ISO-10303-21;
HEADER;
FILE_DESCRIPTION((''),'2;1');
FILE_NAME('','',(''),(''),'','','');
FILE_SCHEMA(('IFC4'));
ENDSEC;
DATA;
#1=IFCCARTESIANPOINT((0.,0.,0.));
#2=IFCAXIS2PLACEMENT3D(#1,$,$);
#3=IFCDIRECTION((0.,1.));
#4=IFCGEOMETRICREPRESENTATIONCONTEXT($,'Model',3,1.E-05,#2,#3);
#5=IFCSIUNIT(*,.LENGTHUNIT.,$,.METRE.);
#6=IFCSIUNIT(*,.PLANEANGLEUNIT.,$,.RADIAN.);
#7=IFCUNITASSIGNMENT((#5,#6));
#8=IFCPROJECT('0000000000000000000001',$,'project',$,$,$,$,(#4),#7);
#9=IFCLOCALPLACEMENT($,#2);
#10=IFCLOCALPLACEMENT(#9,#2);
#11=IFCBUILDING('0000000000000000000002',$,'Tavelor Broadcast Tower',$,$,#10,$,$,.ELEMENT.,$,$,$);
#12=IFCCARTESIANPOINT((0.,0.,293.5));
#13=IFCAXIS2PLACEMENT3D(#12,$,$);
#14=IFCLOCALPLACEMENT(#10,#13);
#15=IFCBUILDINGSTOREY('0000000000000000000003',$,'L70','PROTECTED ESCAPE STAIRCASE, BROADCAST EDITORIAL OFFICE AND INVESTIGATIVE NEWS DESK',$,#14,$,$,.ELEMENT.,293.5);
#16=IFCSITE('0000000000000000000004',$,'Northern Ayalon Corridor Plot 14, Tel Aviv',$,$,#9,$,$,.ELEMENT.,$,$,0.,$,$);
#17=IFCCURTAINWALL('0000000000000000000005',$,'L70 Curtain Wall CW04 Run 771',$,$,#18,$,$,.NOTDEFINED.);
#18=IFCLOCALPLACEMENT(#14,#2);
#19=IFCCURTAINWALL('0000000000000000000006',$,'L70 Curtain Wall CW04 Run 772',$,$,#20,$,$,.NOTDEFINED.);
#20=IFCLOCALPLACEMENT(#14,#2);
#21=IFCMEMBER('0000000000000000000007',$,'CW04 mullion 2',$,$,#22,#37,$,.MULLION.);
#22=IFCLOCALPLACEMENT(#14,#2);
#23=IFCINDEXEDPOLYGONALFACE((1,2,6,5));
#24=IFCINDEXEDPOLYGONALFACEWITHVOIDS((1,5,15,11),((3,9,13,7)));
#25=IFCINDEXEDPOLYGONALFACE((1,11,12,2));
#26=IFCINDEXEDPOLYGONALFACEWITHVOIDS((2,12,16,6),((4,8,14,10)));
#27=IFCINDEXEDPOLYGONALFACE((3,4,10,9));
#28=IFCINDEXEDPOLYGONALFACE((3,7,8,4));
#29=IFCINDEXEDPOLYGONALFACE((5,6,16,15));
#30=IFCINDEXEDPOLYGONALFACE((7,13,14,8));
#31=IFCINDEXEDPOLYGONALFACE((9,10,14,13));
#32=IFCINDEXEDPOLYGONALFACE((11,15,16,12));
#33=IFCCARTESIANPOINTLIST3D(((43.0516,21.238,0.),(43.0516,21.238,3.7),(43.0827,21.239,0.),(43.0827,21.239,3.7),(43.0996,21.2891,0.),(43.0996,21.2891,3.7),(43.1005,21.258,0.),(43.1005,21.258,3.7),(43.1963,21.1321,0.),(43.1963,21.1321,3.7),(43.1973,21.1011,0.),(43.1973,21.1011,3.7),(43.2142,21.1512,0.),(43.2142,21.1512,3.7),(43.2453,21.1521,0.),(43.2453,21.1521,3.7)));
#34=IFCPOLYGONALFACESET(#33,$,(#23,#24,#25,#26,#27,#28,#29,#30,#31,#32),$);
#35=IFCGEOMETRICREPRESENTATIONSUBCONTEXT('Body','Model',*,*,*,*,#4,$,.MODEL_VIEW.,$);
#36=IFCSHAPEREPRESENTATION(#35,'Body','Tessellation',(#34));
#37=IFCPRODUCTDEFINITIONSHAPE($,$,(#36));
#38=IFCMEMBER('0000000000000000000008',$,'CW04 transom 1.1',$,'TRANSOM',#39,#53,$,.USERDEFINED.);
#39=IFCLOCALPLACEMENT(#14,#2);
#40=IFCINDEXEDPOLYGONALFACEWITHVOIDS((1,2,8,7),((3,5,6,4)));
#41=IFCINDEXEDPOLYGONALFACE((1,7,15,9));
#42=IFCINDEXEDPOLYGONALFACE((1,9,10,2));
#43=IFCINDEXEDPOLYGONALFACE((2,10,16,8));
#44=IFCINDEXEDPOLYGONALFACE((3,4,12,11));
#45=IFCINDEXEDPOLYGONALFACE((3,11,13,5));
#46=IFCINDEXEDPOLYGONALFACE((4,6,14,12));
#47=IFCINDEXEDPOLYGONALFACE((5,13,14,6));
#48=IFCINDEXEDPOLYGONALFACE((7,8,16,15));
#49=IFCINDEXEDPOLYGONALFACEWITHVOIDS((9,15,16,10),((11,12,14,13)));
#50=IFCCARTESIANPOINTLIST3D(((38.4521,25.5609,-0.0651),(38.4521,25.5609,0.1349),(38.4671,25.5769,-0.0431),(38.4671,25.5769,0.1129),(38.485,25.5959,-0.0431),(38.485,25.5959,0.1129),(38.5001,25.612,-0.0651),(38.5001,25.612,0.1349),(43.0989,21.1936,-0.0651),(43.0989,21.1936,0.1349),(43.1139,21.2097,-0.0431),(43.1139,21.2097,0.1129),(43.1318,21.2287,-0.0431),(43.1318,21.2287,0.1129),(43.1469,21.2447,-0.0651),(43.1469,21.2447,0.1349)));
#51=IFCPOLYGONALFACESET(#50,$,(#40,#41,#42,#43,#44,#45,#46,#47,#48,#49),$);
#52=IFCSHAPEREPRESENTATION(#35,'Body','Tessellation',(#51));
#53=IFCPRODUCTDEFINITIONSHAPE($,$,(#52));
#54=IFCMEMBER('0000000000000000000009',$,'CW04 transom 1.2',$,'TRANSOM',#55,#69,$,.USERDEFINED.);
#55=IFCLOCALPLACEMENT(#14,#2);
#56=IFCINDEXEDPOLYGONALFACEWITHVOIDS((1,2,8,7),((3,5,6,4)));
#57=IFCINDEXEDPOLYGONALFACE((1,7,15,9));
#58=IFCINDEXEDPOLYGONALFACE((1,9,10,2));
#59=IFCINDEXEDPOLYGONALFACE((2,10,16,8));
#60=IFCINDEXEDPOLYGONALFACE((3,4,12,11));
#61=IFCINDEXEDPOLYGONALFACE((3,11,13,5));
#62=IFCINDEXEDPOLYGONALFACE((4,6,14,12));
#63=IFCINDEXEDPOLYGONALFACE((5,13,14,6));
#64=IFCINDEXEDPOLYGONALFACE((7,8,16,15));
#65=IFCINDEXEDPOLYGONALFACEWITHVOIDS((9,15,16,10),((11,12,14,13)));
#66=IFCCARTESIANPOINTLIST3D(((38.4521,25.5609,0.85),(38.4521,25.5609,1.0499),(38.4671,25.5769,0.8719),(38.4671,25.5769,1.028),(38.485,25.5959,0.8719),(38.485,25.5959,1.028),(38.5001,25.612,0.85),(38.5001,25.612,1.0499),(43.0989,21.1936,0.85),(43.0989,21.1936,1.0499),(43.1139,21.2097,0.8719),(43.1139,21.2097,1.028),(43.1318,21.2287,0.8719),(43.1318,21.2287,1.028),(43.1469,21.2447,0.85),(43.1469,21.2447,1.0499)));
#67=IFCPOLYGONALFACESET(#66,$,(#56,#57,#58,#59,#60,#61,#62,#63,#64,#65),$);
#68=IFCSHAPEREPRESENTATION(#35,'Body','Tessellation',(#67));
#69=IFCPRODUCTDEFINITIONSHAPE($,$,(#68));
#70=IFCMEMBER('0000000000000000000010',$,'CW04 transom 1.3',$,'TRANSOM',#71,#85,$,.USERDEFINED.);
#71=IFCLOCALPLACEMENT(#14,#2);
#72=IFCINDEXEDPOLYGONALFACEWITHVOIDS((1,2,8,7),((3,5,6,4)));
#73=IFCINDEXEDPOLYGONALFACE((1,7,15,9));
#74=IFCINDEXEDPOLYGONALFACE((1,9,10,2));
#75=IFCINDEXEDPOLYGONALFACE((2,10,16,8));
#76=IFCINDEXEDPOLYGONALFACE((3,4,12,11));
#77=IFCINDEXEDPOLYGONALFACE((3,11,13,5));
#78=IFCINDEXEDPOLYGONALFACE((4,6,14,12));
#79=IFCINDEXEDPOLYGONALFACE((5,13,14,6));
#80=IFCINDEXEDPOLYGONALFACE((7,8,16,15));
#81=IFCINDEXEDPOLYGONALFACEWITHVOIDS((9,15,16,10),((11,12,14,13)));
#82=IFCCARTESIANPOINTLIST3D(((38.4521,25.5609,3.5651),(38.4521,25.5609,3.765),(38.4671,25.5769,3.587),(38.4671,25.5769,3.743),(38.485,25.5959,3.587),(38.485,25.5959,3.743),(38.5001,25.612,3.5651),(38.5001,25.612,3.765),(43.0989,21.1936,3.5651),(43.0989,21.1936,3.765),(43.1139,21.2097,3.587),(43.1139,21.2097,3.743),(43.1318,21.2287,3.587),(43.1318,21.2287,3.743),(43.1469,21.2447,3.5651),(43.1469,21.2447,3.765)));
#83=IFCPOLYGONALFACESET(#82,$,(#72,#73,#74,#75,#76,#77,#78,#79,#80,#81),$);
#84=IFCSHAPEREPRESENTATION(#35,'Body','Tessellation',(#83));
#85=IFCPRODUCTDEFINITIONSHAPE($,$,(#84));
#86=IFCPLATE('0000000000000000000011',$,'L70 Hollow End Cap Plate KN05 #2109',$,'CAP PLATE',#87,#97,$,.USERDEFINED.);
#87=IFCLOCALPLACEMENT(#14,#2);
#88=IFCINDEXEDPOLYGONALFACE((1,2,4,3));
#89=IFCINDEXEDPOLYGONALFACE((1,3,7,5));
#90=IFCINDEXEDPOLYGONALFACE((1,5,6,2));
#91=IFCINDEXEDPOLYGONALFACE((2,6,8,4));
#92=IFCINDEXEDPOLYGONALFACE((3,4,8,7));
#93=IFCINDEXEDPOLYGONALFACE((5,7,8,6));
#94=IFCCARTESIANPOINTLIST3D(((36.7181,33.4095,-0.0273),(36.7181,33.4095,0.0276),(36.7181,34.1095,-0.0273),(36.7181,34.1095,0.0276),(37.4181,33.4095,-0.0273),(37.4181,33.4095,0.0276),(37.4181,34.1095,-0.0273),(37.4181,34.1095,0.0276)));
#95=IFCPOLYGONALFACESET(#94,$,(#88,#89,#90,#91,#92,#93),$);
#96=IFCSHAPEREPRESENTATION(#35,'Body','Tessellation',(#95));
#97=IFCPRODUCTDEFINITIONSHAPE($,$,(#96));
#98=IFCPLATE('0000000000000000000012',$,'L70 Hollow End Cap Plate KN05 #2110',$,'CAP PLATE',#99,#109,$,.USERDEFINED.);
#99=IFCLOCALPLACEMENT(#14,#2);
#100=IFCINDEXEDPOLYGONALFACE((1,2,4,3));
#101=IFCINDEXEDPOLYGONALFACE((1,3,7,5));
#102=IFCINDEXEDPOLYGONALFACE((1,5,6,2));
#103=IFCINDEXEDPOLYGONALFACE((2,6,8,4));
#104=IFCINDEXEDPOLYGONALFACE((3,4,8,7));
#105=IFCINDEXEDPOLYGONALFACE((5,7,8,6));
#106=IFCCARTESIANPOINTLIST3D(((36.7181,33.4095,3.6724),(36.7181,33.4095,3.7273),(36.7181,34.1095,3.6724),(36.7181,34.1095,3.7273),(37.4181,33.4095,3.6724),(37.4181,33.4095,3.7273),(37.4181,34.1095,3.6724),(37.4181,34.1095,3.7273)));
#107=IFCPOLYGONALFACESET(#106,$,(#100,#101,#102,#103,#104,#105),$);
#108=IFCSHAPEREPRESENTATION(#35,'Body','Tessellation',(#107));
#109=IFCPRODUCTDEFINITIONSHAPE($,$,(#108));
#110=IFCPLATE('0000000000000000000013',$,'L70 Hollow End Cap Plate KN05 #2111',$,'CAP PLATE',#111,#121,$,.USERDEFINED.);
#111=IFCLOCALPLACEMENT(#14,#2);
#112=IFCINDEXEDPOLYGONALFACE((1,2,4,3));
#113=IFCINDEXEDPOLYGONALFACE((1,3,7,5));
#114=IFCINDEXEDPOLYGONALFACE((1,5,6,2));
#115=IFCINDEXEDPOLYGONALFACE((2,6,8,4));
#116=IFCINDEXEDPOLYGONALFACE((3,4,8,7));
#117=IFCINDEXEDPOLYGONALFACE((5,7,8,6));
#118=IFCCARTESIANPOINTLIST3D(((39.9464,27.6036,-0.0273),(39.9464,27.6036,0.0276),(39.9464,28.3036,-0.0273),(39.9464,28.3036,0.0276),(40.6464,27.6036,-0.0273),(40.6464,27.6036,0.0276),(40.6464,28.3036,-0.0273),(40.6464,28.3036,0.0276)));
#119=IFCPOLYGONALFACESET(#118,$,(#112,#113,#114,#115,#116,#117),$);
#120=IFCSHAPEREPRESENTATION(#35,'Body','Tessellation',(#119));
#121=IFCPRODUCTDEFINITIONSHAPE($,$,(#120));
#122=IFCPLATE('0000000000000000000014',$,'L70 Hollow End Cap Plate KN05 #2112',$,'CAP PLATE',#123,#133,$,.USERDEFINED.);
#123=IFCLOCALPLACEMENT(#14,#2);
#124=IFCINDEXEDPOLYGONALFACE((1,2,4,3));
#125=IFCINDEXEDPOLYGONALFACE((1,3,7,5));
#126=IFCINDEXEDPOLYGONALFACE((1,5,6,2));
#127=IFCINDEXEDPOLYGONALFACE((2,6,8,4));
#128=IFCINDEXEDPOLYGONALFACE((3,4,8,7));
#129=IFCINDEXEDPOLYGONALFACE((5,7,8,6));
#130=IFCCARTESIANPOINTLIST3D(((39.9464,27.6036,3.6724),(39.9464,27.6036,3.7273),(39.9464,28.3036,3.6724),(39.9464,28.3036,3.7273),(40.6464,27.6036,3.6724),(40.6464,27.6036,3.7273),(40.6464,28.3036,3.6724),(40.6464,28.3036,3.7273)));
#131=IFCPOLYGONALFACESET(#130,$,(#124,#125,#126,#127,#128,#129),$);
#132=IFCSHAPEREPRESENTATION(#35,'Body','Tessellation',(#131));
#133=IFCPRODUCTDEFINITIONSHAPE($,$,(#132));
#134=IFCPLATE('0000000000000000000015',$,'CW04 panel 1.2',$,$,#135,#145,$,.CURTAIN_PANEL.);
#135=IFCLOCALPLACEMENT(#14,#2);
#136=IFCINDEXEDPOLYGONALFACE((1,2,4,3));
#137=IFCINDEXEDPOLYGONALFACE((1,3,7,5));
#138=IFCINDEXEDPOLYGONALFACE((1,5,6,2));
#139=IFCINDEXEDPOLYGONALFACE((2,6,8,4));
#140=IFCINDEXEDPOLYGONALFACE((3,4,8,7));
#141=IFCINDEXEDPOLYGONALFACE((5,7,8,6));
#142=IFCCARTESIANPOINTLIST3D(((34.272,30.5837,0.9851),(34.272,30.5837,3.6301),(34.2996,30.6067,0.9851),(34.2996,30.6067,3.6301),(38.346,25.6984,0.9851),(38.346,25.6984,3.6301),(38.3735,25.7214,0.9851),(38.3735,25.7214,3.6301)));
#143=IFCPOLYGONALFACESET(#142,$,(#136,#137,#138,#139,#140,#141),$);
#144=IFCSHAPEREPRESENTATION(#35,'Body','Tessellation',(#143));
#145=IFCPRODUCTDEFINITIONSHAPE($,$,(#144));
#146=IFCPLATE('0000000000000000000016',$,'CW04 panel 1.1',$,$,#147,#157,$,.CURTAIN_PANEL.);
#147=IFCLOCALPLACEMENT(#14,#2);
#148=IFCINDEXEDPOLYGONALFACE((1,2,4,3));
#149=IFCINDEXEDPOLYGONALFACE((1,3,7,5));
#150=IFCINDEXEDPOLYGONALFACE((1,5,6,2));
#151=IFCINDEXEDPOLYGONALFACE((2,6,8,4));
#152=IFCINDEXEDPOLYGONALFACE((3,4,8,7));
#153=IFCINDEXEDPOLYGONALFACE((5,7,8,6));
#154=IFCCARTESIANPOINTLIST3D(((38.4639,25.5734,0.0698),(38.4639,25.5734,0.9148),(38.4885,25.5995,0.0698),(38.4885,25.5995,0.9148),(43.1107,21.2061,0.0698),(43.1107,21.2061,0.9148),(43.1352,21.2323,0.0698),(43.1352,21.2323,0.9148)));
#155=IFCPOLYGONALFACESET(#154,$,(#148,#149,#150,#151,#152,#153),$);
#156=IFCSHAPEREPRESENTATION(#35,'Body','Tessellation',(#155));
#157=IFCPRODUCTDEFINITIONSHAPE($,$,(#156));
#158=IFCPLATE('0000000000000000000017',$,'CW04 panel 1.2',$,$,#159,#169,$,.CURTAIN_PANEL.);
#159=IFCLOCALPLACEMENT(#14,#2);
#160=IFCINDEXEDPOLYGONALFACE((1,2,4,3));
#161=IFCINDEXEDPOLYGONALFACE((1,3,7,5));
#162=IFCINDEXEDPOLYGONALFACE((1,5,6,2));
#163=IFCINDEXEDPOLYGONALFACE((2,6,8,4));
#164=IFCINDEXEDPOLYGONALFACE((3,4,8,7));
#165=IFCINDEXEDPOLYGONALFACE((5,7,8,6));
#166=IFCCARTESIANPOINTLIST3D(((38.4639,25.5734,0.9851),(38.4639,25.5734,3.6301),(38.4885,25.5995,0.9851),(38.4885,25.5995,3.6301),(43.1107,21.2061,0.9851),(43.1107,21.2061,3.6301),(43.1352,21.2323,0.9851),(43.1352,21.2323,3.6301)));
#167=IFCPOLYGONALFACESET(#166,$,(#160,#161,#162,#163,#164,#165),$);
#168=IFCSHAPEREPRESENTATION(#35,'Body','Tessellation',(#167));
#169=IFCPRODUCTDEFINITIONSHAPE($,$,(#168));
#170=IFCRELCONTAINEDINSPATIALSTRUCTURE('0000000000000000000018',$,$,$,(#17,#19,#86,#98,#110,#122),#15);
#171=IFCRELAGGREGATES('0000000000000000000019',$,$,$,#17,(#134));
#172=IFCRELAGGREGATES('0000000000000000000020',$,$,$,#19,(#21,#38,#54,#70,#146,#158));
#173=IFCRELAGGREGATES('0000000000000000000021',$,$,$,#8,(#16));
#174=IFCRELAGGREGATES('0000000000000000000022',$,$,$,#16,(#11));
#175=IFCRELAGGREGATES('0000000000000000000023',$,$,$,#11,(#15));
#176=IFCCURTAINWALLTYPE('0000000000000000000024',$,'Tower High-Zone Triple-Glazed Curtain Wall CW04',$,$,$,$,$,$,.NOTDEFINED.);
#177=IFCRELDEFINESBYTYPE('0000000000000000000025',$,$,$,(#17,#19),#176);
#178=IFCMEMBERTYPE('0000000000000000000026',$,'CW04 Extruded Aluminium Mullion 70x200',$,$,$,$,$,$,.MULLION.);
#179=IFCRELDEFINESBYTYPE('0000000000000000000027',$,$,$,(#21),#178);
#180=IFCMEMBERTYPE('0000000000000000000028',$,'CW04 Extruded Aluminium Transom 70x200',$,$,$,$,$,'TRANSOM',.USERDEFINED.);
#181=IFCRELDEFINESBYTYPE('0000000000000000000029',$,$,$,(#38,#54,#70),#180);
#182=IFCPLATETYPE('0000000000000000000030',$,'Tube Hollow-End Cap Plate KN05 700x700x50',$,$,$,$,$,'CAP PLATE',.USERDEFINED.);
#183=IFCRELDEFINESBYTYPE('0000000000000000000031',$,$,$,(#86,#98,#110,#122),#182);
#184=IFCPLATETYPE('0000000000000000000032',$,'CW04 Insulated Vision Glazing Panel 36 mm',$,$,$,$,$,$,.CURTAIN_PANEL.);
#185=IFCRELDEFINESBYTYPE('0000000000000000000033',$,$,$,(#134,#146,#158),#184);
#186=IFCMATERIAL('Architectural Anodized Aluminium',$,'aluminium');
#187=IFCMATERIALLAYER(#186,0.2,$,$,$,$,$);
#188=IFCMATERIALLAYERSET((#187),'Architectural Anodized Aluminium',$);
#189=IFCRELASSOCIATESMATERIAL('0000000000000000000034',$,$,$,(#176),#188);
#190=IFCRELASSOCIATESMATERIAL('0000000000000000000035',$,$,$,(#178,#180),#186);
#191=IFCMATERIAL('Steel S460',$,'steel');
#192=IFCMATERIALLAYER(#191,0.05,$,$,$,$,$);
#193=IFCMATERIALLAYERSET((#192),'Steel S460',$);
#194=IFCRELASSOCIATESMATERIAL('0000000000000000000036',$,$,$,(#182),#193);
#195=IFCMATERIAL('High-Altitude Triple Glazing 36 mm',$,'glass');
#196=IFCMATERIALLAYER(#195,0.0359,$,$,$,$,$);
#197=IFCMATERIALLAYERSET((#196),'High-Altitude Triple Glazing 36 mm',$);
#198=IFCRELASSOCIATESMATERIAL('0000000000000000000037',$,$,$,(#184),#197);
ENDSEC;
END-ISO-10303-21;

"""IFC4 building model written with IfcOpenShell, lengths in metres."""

from ifc_helpers import new_model, si_unit, direction, frame, origin, origin_2d, place, context, subcontext, project, spatial, rectangle, hollow_rectangle, extrude, source, transform, mapped, material, layer, layer_set, material_profile, profile_set, type_object, type_shapes, element, aggregate, save


model = new_model("IFC4")

# Units and contexts
model_context = context("Model", 3, precision=1e-05, world=origin(), true_north=direction((0.0, 1.0)))
body_context = subcontext(model_context, "Body", "Model", "MODEL_VIEW")
ifc_project = project(units=[si_unit("LENGTHUNIT", "METRE"), si_unit("PLANEANGLEUNIT", "RADIAN")], contexts=[model_context])

# Site, building, storey
site_placement = place(None, origin())
site = spatial("IfcSite", under=ifc_project, at=site_placement, Name="Northern Ayalon Corridor Plot 14, Tel Aviv", CompositionType="ELEMENT", RefElevation=0.0)
building_placement = place(site_placement, origin())
building = spatial("IfcBuilding", under=site, at=building_placement, Name="Tavelor Broadcast Tower", CompositionType="ELEMENT")
storey_placement = place(building_placement, frame((0.0, 0.0, 293.5)))
storey = spatial("IfcBuildingStorey", under=building, at=storey_placement, Name="L70", Description="PROTECTED ESCAPE STAIRCASE, BROADCAST EDITORIAL OFFICE AND INVESTIGATIVE NEWS DESK", CompositionType="ELEMENT", Elevation=293.5)

# Shared definitions
ifc_material_1 = material(Name="Steel S460", Category="steel")

# Curtain wall
ifc_material_2 = material(Name="Architectural Anodized Aluminium", Category="aluminium")
ifc_layer_1 = layer(ifc_material_2, 0.2)
ifc_layer_set_1 = layer_set([ifc_layer_1], Name="Architectural Anodized Aluminium")
curtain_wall_type = type_object("IfcCurtainWallType", Name="Tower High-Zone Triple-Glazed Curtain Wall CW04", PredefinedType="NOTDEFINED", material=ifc_layer_set_1)
curtain_wall_1_placement = place(storey_placement, origin())
curtain_wall_1 = element("IfcCurtainWall", 1, at=curtain_wall_1_placement, inside=storey, type_object=curtain_wall_type, Name="L70 Curtain Wall CW04 Run 771", PredefinedType="NOTDEFINED")
ifc_material_profile_1 = material_profile(ifc_material_2, hollow_rectangle(XDim=0.0701, YDim=0.2, WallThickness=0.022, at=origin_2d()), Name="RHS 70x200x22")
ifc_profile_set_1 = profile_set([ifc_material_profile_1], Name="Architectural Anodized Aluminium")
member_type_1 = type_object("IfcMemberType", Name="CW04 Extruded Aluminium Mullion 70x200", PredefinedType="MULLION", material=ifc_profile_set_1)
shared_shape_1 = source(origin(), body_context, "Body", "SweptSolid", [
    extrude(hollow_rectangle(XDim=0.0701, YDim=0.2, WallThickness=0.022, at=origin_2d()), origin(), (0.0, 0.0, 1.0), 3.7),
])
type_shapes(member_type_1, [shared_shape_1])

# Curtain wall, members
curtain_wall_2_placement = place(storey_placement, origin())
curtain_wall_2 = element("IfcCurtainWall", 2, at=curtain_wall_2_placement, inside=storey, type_object=curtain_wall_type, Name="L70 Curtain Wall CW04 Run 772", PredefinedType="NOTDEFINED")
member_1_placement = place(storey_placement, frame((43.1484, 21.1951, 0.0), z_axis=(0.0, 0.0, 1.0), x_axis=(0.684848, 0.728686, 0.0)))
member_1 = element("IfcMember", 3, at=member_1_placement, type_object=member_type_1, Name="CW04 mullion 2", PredefinedType="MULLION", context=body_context, shape_type="MappedRepresentation", body=[
    mapped(shared_shape_1, transform((0.0, 0.0, 0.0), scale=1.0)),
])
ifc_material_profile_2 = material_profile(ifc_material_2, hollow_rectangle(XDim=0.0701, YDim=0.2, WallThickness=0.022, at=origin_2d()), Name="RHS 70x200x22")
ifc_profile_set_2 = profile_set([ifc_material_profile_2], Name="Architectural Anodized Aluminium")
member_type_2 = type_object("IfcMemberType", Name="CW04 Extruded Aluminium Transom 70x200", ElementType="TRANSOM", PredefinedType="USERDEFINED", material=ifc_profile_set_2)
shared_shape_2 = source(origin(), body_context, "Body", "SweptSolid", [
    extrude(hollow_rectangle(XDim=0.0701, YDim=0.2, WallThickness=0.022, at=origin_2d()), origin(), (0.0, 0.0, 1.0), 6.377),
])
type_shapes(member_type_2, [shared_shape_2])
member_2_placement = place(storey_placement, frame((38.4761, 25.5864, 0.0349), z_axis=(0.728685, -0.684849, 0.0), x_axis=(0.684849, 0.728685, 0.0)))
member_2 = element("IfcMember", 4, at=member_2_placement, type_object=member_type_2, Name="CW04 transom 1.1", ObjectType="TRANSOM", PredefinedType="USERDEFINED", context=body_context, shape_type="MappedRepresentation", body=[
    mapped(shared_shape_2, transform((0.0, 0.0, 0.0), scale=1.0)),
])
member_3_placement = place(storey_placement, frame((38.4761, 25.5864, 0.95), z_axis=(0.728685, -0.684849, 0.0), x_axis=(0.684849, 0.728685, 0.0)))
member_3 = element("IfcMember", 5, at=member_3_placement, type_object=member_type_2, Name="CW04 transom 1.2", ObjectType="TRANSOM", PredefinedType="USERDEFINED", context=body_context, shape_type="MappedRepresentation", body=[
    mapped(shared_shape_2, transform((0.0, 0.0, 0.0), scale=1.0)),
])
member_4_placement = place(storey_placement, frame((38.4761, 25.5864, 3.665), z_axis=(0.728685, -0.684849, 0.0), x_axis=(0.684849, 0.728685, 0.0)))
member_4 = element("IfcMember", 6, at=member_4_placement, type_object=member_type_2, Name="CW04 transom 1.3", ObjectType="TRANSOM", PredefinedType="USERDEFINED", context=body_context, shape_type="MappedRepresentation", body=[
    mapped(shared_shape_2, transform((0.0, 0.0, 0.0), scale=1.0)),
])

# Plates
ifc_layer_2 = layer(ifc_material_1, 0.05)
ifc_layer_set_2 = layer_set([ifc_layer_2], Name="Steel S460")
plate_type_1 = type_object("IfcPlateType", Name="Tube Hollow-End Cap Plate KN05 700x700x50", ElementType="CAP PLATE", PredefinedType="USERDEFINED", material=ifc_layer_set_2)
shared_shape_3 = source(origin(), body_context, "Body", "SweptSolid", [
    extrude(rectangle(XDim=0.7, YDim=0.7, at=origin_2d()), origin(), (0.0, 0.0, 1.0), 0.0549),
])
type_shapes(plate_type_1, [shared_shape_3])
for number, where, z_axis, x_axis, name in (
    (7, (37.0681, 33.7595, -0.0273), (0.0, 0.0, 1.0), (1.0, 0.0, 0.0), "L70 Hollow End Cap Plate KN05 #2109"),
    (8, (37.0681, 33.7595, 3.6724), (0.0, 0.0, 1.0), (1.0, 0.0, 0.0), "L70 Hollow End Cap Plate KN05 #2110"),
    (9, (40.2964, 27.9536, -0.0273), (0.0, 0.0, 1.0), (1.0, 0.0, 0.0), "L70 Hollow End Cap Plate KN05 #2111"),
    (10, (40.2964, 27.9536, 3.6724), (0.0, 0.0, 1.0), (1.0, 0.0, 0.0), "L70 Hollow End Cap Plate KN05 #2112"),
):
    element("IfcPlate", number, at=place(storey_placement, frame(where, z_axis=z_axis, x_axis=x_axis)), inside=storey, type_object=plate_type_1, Name=name, ObjectType="CAP PLATE", PredefinedType="USERDEFINED", context=body_context, shape_type="MappedRepresentation", body=[
        mapped(shared_shape_3, transform((0.0, 0.0, 0.0), scale=1.0)),
    ])

# Plates
ifc_material_3 = material(Name="High-Altitude Triple Glazing 36 mm", Category="glass")
ifc_layer_3 = layer(ifc_material_3, 0.0359)
ifc_layer_set_3 = layer_set([ifc_layer_3], Name="High-Altitude Triple Glazing 36 mm")
plate_type_2 = type_object("IfcPlateType", Name="CW04 Insulated Vision Glazing Panel 36 mm", PredefinedType="CURTAIN_PANEL", material=ifc_layer_set_3)
shared_shape_4 = source(origin(), body_context, "Body", "SweptSolid", [
    extrude(rectangle(XDim=6.3611, YDim=0.0359, at=origin_2d()), origin(), (0.0, 0.0, 1.0), 2.645),
])
plate_1_placement = place(storey_placement, frame((36.3228, 28.1526, 0.9851), z_axis=(0.0, 0.0, 1.0), x_axis=(0.640451, -0.767999, 0.0)))
plate_1 = element("IfcPlate", 11, at=plate_1_placement, type_object=plate_type_2, Name="CW04 panel 1.2", PredefinedType="CURTAIN_PANEL", context=body_context, shape_type="MappedRepresentation", body=[
    mapped(shared_shape_4, transform((0.0, 0.0, 0.0), scale=1.0)),
])
aggregate(curtain_wall_1, [plate_1])
shared_shape_5 = source(origin(), body_context, "Body", "SweptSolid", [
    extrude(rectangle(XDim=6.377, YDim=0.0359, at=origin_2d()), origin(), (0.0, 0.0, 1.0), 0.845),
])
plate_2_placement = place(storey_placement, frame((40.7996, 23.4028, 0.0698), z_axis=(0.0, 0.0, 1.0), x_axis=(0.728686, -0.684848, 0.0)))
plate_2 = element("IfcPlate", 12, at=plate_2_placement, type_object=plate_type_2, Name="CW04 panel 1.1", PredefinedType="CURTAIN_PANEL", context=body_context, shape_type="MappedRepresentation", body=[
    mapped(shared_shape_5, transform((0.0, 0.0, 0.0), scale=1.0)),
])
shared_shape_6 = source(origin(), body_context, "Body", "SweptSolid", [
    extrude(rectangle(XDim=6.377, YDim=0.0359, at=origin_2d()), origin(), (0.0, 0.0, 1.0), 2.645),
])
type_shapes(plate_type_2, [shared_shape_4, shared_shape_5, shared_shape_6])
plate_3_placement = place(storey_placement, frame((40.7996, 23.4028, 0.9851), z_axis=(0.0, 0.0, 1.0), x_axis=(0.728686, -0.684848, 0.0)))
plate_3 = element("IfcPlate", 13, at=plate_3_placement, type_object=plate_type_2, Name="CW04 panel 1.2", PredefinedType="CURTAIN_PANEL", context=body_context, shape_type="MappedRepresentation", body=[
    mapped(shared_shape_6, transform((0.0, 0.0, 0.0), scale=1.0)),
])
aggregate(curtain_wall_2, [member_1, member_2, member_3, member_4, plate_2, plate_3])

save(model, "model.ifc")
